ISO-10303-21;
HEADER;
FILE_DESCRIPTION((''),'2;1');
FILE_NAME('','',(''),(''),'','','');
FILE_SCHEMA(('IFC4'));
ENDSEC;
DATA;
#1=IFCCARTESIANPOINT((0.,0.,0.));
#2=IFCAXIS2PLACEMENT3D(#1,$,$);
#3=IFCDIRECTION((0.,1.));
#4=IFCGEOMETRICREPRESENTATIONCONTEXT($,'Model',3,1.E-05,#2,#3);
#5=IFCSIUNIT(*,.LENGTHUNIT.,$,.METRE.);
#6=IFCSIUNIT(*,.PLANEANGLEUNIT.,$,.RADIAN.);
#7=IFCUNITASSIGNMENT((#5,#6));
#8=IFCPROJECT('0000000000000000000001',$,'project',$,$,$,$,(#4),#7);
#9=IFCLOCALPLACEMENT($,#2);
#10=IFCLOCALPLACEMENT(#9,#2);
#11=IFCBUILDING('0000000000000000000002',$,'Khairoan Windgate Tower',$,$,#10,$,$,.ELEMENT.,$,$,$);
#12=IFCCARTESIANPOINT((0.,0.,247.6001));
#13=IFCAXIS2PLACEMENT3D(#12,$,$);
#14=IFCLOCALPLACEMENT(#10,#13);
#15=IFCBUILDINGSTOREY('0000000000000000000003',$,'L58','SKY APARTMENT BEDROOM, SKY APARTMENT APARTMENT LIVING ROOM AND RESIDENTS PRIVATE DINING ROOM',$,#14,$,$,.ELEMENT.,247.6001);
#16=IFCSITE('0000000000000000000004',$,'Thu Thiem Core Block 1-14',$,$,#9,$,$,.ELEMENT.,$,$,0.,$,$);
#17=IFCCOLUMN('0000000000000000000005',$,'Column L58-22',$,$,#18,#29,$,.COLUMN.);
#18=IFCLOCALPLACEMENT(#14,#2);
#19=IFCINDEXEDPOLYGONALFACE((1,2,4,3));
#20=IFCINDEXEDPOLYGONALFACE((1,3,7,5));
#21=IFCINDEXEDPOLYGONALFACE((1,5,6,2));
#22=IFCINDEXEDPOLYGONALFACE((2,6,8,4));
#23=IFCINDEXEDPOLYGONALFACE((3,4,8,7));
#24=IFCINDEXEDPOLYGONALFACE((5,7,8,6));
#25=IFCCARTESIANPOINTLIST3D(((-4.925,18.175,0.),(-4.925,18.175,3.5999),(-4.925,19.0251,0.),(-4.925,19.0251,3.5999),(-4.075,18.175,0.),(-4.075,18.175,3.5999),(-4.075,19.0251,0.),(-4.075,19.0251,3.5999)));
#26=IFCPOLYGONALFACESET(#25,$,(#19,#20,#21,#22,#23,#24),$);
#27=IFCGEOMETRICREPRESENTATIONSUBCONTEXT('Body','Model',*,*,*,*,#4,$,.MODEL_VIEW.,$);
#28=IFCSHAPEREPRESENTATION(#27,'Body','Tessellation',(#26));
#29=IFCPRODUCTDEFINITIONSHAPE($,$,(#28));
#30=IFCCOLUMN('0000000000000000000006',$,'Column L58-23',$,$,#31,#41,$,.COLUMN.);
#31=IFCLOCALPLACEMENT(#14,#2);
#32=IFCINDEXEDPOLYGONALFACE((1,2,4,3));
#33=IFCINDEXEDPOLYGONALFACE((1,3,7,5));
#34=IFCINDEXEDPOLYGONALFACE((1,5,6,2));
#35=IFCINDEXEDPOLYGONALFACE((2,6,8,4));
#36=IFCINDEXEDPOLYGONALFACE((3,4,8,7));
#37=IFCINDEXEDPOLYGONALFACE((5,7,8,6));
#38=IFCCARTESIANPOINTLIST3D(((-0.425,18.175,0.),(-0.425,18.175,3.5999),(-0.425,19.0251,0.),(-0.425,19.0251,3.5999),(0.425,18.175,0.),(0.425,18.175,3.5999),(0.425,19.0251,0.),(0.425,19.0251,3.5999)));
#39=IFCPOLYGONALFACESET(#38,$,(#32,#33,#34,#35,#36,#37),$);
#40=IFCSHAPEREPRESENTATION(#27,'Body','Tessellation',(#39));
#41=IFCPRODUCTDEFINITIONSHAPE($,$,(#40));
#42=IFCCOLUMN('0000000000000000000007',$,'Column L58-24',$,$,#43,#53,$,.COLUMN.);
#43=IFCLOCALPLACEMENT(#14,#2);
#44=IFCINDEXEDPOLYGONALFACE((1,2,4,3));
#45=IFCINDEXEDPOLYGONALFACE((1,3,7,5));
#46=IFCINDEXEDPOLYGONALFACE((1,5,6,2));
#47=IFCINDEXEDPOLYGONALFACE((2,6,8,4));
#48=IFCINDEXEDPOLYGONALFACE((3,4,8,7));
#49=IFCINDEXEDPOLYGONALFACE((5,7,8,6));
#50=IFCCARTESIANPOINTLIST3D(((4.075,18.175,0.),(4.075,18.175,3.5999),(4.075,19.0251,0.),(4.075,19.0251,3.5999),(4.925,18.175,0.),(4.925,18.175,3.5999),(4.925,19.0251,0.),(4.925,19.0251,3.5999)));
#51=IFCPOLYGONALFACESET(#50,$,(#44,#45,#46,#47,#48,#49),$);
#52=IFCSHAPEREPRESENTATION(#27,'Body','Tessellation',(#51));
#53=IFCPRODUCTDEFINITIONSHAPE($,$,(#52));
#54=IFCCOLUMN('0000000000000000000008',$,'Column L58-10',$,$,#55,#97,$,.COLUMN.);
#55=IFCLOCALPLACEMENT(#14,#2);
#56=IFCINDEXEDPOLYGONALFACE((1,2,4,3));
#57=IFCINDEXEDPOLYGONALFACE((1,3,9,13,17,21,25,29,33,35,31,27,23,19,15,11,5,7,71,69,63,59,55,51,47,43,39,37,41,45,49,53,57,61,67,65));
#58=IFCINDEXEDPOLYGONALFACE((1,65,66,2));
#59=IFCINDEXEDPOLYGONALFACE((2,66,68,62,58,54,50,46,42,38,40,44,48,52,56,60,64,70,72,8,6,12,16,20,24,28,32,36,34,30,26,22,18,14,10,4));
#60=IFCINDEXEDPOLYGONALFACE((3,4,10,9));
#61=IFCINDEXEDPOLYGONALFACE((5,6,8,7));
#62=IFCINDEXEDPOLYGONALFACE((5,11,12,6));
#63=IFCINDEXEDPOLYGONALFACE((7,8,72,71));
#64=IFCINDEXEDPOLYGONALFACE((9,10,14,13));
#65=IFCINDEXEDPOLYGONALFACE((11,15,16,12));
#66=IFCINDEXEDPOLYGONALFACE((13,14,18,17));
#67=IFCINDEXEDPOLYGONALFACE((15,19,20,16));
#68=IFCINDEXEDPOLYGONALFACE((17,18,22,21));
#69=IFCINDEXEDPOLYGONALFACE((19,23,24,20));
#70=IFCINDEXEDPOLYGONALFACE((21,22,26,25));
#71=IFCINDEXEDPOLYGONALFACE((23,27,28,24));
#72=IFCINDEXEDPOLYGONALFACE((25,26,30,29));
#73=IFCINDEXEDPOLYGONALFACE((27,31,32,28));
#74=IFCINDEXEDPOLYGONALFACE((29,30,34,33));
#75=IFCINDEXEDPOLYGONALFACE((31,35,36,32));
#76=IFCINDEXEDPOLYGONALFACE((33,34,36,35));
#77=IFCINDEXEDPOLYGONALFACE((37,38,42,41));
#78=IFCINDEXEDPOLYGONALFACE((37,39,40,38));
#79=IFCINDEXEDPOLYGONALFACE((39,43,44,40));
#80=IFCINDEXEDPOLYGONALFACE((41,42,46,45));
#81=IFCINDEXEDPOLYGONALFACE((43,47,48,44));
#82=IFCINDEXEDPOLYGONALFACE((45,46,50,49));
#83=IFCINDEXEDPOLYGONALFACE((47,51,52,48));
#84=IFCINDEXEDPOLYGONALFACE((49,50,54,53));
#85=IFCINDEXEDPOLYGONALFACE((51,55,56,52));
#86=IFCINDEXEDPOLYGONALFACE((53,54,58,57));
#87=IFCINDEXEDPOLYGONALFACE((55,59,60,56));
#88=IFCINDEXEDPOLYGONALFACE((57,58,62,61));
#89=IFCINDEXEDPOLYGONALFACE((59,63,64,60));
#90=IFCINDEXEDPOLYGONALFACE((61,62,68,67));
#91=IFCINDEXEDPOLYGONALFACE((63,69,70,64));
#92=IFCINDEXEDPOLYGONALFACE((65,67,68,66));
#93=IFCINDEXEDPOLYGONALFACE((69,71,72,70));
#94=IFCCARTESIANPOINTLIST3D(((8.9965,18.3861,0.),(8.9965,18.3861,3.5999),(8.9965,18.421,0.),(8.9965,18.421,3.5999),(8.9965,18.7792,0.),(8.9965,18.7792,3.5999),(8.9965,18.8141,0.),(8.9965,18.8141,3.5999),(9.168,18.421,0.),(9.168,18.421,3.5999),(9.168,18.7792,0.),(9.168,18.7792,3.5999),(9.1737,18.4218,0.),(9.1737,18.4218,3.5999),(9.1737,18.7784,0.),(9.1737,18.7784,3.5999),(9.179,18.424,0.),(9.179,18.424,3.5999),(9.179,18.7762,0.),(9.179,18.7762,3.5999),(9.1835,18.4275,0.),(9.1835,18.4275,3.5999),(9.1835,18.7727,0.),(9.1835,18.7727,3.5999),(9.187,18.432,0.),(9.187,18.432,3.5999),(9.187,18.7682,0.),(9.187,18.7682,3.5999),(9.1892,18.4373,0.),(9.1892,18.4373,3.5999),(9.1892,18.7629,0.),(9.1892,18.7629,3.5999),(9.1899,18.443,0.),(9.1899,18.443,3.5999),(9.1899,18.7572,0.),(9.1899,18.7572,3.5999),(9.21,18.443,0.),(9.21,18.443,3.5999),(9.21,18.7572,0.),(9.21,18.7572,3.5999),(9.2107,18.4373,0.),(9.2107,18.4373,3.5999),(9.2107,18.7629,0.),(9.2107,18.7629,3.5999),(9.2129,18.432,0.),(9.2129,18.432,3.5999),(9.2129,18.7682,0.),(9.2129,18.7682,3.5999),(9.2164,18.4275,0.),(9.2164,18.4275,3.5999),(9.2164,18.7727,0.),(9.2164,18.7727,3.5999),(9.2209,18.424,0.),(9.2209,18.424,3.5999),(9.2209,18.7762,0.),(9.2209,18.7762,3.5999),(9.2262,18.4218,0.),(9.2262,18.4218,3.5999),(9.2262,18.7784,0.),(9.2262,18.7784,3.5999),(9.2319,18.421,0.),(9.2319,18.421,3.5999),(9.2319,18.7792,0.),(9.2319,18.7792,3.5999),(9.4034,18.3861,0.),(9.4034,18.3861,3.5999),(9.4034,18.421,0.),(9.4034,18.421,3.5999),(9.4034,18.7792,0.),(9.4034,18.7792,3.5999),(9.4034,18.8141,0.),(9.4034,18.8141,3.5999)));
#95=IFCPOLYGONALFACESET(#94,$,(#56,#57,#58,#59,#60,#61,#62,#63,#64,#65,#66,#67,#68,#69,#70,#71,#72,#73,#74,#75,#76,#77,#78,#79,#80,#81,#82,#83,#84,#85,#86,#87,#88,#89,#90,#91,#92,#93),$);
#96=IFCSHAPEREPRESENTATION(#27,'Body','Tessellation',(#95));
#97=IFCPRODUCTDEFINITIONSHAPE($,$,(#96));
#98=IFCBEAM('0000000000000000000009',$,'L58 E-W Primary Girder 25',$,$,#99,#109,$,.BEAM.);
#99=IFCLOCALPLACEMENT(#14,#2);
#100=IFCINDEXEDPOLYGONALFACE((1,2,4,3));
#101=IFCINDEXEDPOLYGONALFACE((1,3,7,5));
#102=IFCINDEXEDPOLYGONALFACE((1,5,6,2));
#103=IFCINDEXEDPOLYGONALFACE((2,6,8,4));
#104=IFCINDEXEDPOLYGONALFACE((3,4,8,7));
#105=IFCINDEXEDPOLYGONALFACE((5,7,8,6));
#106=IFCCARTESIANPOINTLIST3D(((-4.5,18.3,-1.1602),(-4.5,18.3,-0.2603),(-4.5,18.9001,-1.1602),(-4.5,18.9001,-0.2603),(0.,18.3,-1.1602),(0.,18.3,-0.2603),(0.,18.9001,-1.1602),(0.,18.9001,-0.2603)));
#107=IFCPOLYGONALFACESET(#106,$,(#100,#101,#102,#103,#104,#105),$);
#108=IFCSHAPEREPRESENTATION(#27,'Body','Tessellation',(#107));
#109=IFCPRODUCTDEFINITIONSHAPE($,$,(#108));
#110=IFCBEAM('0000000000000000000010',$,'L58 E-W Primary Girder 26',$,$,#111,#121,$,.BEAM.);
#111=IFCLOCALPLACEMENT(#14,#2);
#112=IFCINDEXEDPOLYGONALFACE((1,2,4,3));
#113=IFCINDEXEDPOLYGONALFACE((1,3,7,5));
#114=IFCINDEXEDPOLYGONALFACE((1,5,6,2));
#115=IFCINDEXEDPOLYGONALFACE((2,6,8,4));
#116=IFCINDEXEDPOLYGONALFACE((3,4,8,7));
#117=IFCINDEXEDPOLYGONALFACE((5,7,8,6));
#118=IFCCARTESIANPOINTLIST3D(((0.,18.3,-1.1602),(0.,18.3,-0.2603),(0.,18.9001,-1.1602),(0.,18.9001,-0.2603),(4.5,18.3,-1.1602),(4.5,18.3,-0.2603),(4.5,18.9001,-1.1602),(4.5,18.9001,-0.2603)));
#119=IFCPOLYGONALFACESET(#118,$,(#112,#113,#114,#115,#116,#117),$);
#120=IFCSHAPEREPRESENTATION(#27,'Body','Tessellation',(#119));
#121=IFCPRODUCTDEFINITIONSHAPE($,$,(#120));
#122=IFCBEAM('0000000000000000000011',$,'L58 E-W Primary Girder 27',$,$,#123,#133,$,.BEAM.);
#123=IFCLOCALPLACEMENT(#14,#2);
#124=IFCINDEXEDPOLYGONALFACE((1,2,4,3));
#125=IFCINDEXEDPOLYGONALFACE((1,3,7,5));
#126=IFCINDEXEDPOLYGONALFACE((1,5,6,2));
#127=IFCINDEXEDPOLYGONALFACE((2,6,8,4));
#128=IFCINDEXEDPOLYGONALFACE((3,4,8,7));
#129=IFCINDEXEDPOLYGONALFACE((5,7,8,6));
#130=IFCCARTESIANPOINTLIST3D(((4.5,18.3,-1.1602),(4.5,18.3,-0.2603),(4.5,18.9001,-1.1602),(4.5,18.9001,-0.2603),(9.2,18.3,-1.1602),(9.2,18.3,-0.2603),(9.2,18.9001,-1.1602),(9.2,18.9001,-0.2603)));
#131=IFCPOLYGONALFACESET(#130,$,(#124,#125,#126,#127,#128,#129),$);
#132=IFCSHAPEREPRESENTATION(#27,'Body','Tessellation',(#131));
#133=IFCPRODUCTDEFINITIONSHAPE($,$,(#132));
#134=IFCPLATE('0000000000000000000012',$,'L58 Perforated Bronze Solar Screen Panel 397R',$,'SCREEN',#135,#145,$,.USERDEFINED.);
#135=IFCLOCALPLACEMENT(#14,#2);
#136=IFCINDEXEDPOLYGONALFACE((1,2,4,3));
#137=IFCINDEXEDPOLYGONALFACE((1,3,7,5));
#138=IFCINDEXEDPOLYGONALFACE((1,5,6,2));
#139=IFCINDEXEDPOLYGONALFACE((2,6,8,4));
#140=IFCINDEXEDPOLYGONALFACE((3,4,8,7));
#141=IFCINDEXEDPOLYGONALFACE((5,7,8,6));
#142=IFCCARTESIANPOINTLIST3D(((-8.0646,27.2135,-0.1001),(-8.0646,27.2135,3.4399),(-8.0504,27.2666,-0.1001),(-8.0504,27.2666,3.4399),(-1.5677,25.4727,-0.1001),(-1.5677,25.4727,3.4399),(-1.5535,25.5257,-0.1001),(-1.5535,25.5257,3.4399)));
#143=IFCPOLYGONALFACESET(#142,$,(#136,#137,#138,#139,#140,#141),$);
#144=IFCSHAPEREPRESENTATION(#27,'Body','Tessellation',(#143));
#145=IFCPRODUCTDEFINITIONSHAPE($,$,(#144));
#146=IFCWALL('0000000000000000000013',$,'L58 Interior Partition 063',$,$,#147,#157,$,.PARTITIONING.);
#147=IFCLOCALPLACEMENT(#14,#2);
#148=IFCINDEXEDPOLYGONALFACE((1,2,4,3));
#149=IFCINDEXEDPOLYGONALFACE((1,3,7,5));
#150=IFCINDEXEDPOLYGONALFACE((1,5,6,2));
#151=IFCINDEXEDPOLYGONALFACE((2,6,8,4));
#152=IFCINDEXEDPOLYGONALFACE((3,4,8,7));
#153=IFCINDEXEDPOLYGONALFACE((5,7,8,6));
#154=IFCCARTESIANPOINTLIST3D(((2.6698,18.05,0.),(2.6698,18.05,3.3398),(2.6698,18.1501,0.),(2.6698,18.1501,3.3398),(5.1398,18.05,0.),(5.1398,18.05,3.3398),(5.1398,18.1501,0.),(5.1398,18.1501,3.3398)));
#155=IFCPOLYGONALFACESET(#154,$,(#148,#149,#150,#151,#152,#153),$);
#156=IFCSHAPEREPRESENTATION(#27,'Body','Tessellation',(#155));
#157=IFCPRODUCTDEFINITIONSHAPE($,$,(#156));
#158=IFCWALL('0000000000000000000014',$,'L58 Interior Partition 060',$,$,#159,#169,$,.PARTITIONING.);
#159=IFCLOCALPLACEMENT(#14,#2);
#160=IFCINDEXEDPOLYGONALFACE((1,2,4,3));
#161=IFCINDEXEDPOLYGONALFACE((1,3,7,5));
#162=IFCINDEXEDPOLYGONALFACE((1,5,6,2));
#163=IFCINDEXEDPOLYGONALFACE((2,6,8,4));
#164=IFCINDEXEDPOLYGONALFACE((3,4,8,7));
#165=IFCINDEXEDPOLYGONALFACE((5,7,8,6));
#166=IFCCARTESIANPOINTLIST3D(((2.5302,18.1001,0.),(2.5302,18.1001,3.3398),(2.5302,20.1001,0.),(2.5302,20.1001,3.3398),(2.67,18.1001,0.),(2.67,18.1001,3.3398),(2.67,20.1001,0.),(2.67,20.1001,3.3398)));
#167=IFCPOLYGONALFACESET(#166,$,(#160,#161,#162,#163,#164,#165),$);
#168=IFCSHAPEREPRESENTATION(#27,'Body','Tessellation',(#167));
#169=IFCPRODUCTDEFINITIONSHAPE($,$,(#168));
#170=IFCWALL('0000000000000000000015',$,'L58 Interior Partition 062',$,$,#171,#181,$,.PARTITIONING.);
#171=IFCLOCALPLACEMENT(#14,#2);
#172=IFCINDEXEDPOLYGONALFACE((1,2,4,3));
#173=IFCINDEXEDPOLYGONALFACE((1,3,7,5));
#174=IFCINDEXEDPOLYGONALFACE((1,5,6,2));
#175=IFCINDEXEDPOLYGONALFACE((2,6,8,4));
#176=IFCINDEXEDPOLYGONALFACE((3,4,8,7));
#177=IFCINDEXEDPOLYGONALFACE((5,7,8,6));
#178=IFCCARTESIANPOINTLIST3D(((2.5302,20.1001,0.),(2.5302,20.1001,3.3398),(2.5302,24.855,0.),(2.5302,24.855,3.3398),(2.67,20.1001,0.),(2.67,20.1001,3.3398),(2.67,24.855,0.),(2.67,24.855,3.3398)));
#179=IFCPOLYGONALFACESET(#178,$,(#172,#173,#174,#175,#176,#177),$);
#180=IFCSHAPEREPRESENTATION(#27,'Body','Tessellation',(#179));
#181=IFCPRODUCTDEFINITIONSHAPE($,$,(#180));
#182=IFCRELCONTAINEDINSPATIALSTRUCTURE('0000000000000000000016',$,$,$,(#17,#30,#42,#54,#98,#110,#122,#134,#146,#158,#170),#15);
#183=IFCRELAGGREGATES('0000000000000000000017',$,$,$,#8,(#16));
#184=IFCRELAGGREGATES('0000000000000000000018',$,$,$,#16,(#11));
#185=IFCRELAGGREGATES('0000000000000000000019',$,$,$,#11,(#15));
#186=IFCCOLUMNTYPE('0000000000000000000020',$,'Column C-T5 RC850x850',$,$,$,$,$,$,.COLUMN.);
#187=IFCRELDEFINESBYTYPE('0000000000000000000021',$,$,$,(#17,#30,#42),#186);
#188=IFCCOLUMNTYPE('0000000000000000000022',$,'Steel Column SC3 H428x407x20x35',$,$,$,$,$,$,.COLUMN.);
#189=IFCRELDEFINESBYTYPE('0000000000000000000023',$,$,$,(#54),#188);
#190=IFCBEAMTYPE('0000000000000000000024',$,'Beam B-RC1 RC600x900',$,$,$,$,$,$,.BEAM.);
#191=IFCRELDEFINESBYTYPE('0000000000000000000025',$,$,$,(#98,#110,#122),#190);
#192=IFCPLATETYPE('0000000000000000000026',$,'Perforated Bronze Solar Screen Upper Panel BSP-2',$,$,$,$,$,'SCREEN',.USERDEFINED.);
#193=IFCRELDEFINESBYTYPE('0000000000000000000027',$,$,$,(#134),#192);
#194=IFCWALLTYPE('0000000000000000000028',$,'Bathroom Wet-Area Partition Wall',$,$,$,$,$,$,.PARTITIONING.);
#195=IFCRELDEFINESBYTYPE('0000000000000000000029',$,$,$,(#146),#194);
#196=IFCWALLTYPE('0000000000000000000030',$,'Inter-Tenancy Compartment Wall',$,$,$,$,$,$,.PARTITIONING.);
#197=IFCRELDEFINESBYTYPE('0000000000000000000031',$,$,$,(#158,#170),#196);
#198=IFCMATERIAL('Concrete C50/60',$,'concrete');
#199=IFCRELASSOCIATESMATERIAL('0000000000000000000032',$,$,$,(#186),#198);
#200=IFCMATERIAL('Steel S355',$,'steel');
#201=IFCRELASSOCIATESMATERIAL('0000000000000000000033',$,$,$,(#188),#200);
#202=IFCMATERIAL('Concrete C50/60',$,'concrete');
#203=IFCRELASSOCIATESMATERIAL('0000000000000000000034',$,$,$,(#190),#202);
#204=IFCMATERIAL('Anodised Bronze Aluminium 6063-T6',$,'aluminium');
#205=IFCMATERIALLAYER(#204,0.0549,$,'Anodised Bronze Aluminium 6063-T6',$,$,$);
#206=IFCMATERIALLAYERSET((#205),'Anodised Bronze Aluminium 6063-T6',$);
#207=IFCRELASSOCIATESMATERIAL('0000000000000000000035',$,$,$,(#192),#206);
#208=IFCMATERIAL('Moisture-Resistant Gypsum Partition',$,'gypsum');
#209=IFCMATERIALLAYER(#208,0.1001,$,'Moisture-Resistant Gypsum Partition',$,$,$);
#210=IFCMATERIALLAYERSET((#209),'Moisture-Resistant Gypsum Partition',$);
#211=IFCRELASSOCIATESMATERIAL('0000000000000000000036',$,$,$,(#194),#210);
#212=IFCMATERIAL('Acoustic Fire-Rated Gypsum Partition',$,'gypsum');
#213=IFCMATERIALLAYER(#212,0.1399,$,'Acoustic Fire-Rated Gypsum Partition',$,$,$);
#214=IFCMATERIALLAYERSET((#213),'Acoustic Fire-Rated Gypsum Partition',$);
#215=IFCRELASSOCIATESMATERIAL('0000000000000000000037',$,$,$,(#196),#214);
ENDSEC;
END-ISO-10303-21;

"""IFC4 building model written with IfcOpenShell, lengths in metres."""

from ifc_helpers import new_model, si_unit, direction, frame, frame_2d, origin, origin_2d, place, context, subcontext, project, spatial, rectangle, i_section, extrude, material, layer, layer_set, material_profile, profile_set, type_object, element, save


model = new_model("IFC4")

# Units and contexts
model_context = context("Model", 3, precision=1e-05, world=origin(), true_north=direction((0.0, 1.0)))
body_context = subcontext(model_context, "Body", "Model", "MODEL_VIEW")
ifc_project = project(units=[si_unit("LENGTHUNIT", "METRE"), si_unit("PLANEANGLEUNIT", "RADIAN")], contexts=[model_context])

# Site, building, storey
site_placement = place(None, origin())
site = spatial("IfcSite", under=ifc_project, at=site_placement, Name="Thu Thiem Core Block 1-14", CompositionType="ELEMENT", RefElevation=0.0)
building_placement = place(site_placement, origin())
building = spatial("IfcBuilding", under=site, at=building_placement, Name="Khairoan Windgate Tower", CompositionType="ELEMENT")
storey_placement = place(building_placement, frame((0.0, 0.0, 247.6001)))
storey = spatial("IfcBuildingStorey", under=building, at=storey_placement, Name="L58", Description="SKY APARTMENT BEDROOM, SKY APARTMENT APARTMENT LIVING ROOM AND RESIDENTS PRIVATE DINING ROOM", CompositionType="ELEMENT", Elevation=247.6001)

# Columns
ifc_material_1 = material(Name="Concrete C50/60", Category="concrete")
ifc_material_profile_1 = material_profile(ifc_material_1, rectangle(XDim=0.8501, YDim=0.8501, at=origin_2d()))
ifc_profile_set_1 = profile_set([ifc_material_profile_1], Name="Concrete C50/60")
column_type_1 = type_object("IfcColumnType", Name="Column C-T5 RC850x850", PredefinedType="COLUMN", material=ifc_profile_set_1)
for number, where, z_axis, x_axis, name in (
    (1, (-4.5, 18.6001, 0.0), (0.0, 0.0, 1.0), (1.0, 0.0, 0.0), "Column L58-22"),
    (2, (0.0, 18.6001, 0.0), (0.0, 0.0, 1.0), (1.0, 0.0, 0.0), "Column L58-23"),
    (3, (4.5, 18.6001, 0.0), (0.0, 0.0, 1.0), (1.0, 0.0, 0.0), "Column L58-24"),
):
    element("IfcColumn", number, at=place(storey_placement, frame(where, z_axis=z_axis, x_axis=x_axis)), inside=storey, type_object=column_type_1, Name=name, PredefinedType="COLUMN", context=body_context, shape_type="SweptSolid", body=[
        extrude(rectangle(XDim=0.8501, YDim=0.8501, at=origin_2d()), origin(), (0.0, 0.0, 1.0), 3.5999),
    ])
ifc_material_2 = material(Name="Steel S355", Category="steel")
ifc_material_profile_2 = material_profile(ifc_material_2, i_section(OverallWidth=0.407, OverallDepth=0.428, WebThickness=0.02, FlangeThickness=0.0349, FilletRadius=0.022, at=origin_2d()))
ifc_profile_set_2 = profile_set([ifc_material_profile_2], Name="Steel S355")
column_type_2 = type_object("IfcColumnType", Name="Steel Column SC3 H428x407x20x35", PredefinedType="COLUMN", material=ifc_profile_set_2)
column_placement = place(storey_placement, frame((9.2, 18.6001, 0.0), z_axis=(0.0, 0.0, 1.0), x_axis=(1.0, 0.0, 0.0)))
element("IfcColumn", 4, at=column_placement, inside=storey, type_object=column_type_2, Name="Column L58-10", PredefinedType="COLUMN", context=body_context, shape_type="SweptSolid", body=[
    extrude(i_section(OverallWidth=0.407, OverallDepth=0.428, WebThickness=0.02, FlangeThickness=0.0349, FilletRadius=0.022, at=origin_2d()), origin(), (0.0, 0.0, 1.0), 3.5999),
])

# Beams
ifc_material_3 = material(Name="Concrete C50/60", Category="concrete")
ifc_material_profile_3 = material_profile(ifc_material_3, rectangle(XDim=0.6001, YDim=0.8999, at=origin_2d()))
ifc_profile_set_3 = profile_set([ifc_material_profile_3], Name="Concrete C50/60")
beam_type = type_object("IfcBeamType", Name="Beam B-RC1 RC600x900", PredefinedType="BEAM", material=ifc_profile_set_3)
for number, where, z_axis, x_axis, name in (
    (5, (-4.5, 18.6001, -0.7102), (1.0, 0.0, 0.0), (0.0, 1.0, 0.0), "L58 E-W Primary Girder 25"),
    (6, (0.0, 18.6001, -0.7102), (1.0, 0.0, 0.0), (0.0, 1.0, 0.0), "L58 E-W Primary Girder 26"),
):
    element("IfcBeam", number, at=place(storey_placement, frame(where, z_axis=z_axis, x_axis=x_axis)), inside=storey, type_object=beam_type, Name=name, PredefinedType="BEAM", context=body_context, shape_type="SweptSolid", body=[
        extrude(rectangle(XDim=0.6001, YDim=0.8999, at=origin_2d()), origin(), (0.0, 0.0, 1.0), 4.5),
    ])
beam_placement = place(storey_placement, frame((4.5, 18.6001, -0.7102), z_axis=(1.0, 0.0, 0.0), x_axis=(0.0, 1.0, 0.0)))
element("IfcBeam", 7, at=beam_placement, inside=storey, type_object=beam_type, Name="L58 E-W Primary Girder 27", PredefinedType="BEAM", context=body_context, shape_type="SweptSolid", body=[
    extrude(rectangle(XDim=0.6001, YDim=0.8999, at=origin_2d()), origin(), (0.0, 0.0, 1.0), 4.7),
])

# Plate
ifc_material_4 = material(Name="Anodised Bronze Aluminium 6063-T6", Category="aluminium")
ifc_layer_1 = layer(ifc_material_4, 0.0549, Name="Anodised Bronze Aluminium 6063-T6")
ifc_layer_set_1 = layer_set([ifc_layer_1], Name="Anodised Bronze Aluminium 6063-T6")
plate_type = type_object("IfcPlateType", Name="Perforated Bronze Solar Screen Upper Panel BSP-2", ElementType="SCREEN", PredefinedType="USERDEFINED", material=ifc_layer_set_1)
plate_placement = place(storey_placement, frame((-4.8091, 26.3696, -0.1001), z_axis=(0.0, 0.0, 1.0), x_axis=(0.965926, -0.258819, 0.0)))
element("IfcPlate", 8, at=plate_placement, inside=storey, type_object=plate_type, Name="L58 Perforated Bronze Solar Screen Panel 397R", ObjectType="SCREEN", PredefinedType="USERDEFINED", context=body_context, shape_type="SweptSolid", body=[
    extrude(rectangle(XDim=6.7261, YDim=0.0549, at=origin_2d()), origin(), (0.0, 0.0, 1.0), 3.54),
])

# Walls
ifc_material_5 = material(Name="Moisture-Resistant Gypsum Partition", Category="gypsum")
ifc_layer_2 = layer(ifc_material_5, 0.1001, Name="Moisture-Resistant Gypsum Partition")
ifc_layer_set_2 = layer_set([ifc_layer_2], Name="Moisture-Resistant Gypsum Partition")
wall_type_1 = type_object("IfcWallType", Name="Bathroom Wet-Area Partition Wall", PredefinedType="PARTITIONING", material=ifc_layer_set_2)
wall_1_placement = place(storey_placement, frame((2.6699, 18.1001, 0.0), z_axis=(0.0, 0.0, 1.0), x_axis=(1.0, 0.0, 0.0)))
element("IfcWall", 9, at=wall_1_placement, inside=storey, type_object=wall_type_1, Name="L58 Interior Partition 063", PredefinedType="PARTITIONING", context=body_context, shape_type="SweptSolid", body=[
    extrude(rectangle(XDim=2.47, YDim=0.1001, at=frame_2d((1.2349, 0.0))), origin(), (0.0, 0.0, 1.0), 3.3398),
])
ifc_material_6 = material(Name="Acoustic Fire-Rated Gypsum Partition", Category="gypsum")
ifc_layer_3 = layer(ifc_material_6, 0.1399, Name="Acoustic Fire-Rated Gypsum Partition")
ifc_layer_set_3 = layer_set([ifc_layer_3], Name="Acoustic Fire-Rated Gypsum Partition")
wall_type_2 = type_object("IfcWallType", Name="Inter-Tenancy Compartment Wall", PredefinedType="PARTITIONING", material=ifc_layer_set_3)
wall_2_placement = place(storey_placement, frame((2.6001, 18.1001, 0.0), z_axis=(0.0, 0.0, 1.0), x_axis=(0.0, 1.0, 0.0)))
element("IfcWall", 10, at=wall_2_placement, inside=storey, type_object=wall_type_2, Name="L58 Interior Partition 060", PredefinedType="PARTITIONING", context=body_context, shape_type="SweptSolid", body=[
    extrude(rectangle(XDim=2.0, YDim=0.1399, at=frame_2d((1.0, 0.0))), origin(), (0.0, 0.0, 1.0), 3.3398),
])
wall_3_placement = place(storey_placement, frame((2.6001, 20.1001, 0.0), z_axis=(0.0, 0.0, 1.0), x_axis=(0.0, 1.0, 0.0)))
element("IfcWall", 11, at=wall_3_placement, inside=storey, type_object=wall_type_2, Name="L58 Interior Partition 062", PredefinedType="PARTITIONING", context=body_context, shape_type="SweptSolid", body=[
    extrude(rectangle(XDim=4.7549, YDim=0.1399, at=frame_2d((2.3774, 0.0))), origin(), (0.0, 0.0, 1.0), 3.3398),
])

save(model, "model.ifc")
